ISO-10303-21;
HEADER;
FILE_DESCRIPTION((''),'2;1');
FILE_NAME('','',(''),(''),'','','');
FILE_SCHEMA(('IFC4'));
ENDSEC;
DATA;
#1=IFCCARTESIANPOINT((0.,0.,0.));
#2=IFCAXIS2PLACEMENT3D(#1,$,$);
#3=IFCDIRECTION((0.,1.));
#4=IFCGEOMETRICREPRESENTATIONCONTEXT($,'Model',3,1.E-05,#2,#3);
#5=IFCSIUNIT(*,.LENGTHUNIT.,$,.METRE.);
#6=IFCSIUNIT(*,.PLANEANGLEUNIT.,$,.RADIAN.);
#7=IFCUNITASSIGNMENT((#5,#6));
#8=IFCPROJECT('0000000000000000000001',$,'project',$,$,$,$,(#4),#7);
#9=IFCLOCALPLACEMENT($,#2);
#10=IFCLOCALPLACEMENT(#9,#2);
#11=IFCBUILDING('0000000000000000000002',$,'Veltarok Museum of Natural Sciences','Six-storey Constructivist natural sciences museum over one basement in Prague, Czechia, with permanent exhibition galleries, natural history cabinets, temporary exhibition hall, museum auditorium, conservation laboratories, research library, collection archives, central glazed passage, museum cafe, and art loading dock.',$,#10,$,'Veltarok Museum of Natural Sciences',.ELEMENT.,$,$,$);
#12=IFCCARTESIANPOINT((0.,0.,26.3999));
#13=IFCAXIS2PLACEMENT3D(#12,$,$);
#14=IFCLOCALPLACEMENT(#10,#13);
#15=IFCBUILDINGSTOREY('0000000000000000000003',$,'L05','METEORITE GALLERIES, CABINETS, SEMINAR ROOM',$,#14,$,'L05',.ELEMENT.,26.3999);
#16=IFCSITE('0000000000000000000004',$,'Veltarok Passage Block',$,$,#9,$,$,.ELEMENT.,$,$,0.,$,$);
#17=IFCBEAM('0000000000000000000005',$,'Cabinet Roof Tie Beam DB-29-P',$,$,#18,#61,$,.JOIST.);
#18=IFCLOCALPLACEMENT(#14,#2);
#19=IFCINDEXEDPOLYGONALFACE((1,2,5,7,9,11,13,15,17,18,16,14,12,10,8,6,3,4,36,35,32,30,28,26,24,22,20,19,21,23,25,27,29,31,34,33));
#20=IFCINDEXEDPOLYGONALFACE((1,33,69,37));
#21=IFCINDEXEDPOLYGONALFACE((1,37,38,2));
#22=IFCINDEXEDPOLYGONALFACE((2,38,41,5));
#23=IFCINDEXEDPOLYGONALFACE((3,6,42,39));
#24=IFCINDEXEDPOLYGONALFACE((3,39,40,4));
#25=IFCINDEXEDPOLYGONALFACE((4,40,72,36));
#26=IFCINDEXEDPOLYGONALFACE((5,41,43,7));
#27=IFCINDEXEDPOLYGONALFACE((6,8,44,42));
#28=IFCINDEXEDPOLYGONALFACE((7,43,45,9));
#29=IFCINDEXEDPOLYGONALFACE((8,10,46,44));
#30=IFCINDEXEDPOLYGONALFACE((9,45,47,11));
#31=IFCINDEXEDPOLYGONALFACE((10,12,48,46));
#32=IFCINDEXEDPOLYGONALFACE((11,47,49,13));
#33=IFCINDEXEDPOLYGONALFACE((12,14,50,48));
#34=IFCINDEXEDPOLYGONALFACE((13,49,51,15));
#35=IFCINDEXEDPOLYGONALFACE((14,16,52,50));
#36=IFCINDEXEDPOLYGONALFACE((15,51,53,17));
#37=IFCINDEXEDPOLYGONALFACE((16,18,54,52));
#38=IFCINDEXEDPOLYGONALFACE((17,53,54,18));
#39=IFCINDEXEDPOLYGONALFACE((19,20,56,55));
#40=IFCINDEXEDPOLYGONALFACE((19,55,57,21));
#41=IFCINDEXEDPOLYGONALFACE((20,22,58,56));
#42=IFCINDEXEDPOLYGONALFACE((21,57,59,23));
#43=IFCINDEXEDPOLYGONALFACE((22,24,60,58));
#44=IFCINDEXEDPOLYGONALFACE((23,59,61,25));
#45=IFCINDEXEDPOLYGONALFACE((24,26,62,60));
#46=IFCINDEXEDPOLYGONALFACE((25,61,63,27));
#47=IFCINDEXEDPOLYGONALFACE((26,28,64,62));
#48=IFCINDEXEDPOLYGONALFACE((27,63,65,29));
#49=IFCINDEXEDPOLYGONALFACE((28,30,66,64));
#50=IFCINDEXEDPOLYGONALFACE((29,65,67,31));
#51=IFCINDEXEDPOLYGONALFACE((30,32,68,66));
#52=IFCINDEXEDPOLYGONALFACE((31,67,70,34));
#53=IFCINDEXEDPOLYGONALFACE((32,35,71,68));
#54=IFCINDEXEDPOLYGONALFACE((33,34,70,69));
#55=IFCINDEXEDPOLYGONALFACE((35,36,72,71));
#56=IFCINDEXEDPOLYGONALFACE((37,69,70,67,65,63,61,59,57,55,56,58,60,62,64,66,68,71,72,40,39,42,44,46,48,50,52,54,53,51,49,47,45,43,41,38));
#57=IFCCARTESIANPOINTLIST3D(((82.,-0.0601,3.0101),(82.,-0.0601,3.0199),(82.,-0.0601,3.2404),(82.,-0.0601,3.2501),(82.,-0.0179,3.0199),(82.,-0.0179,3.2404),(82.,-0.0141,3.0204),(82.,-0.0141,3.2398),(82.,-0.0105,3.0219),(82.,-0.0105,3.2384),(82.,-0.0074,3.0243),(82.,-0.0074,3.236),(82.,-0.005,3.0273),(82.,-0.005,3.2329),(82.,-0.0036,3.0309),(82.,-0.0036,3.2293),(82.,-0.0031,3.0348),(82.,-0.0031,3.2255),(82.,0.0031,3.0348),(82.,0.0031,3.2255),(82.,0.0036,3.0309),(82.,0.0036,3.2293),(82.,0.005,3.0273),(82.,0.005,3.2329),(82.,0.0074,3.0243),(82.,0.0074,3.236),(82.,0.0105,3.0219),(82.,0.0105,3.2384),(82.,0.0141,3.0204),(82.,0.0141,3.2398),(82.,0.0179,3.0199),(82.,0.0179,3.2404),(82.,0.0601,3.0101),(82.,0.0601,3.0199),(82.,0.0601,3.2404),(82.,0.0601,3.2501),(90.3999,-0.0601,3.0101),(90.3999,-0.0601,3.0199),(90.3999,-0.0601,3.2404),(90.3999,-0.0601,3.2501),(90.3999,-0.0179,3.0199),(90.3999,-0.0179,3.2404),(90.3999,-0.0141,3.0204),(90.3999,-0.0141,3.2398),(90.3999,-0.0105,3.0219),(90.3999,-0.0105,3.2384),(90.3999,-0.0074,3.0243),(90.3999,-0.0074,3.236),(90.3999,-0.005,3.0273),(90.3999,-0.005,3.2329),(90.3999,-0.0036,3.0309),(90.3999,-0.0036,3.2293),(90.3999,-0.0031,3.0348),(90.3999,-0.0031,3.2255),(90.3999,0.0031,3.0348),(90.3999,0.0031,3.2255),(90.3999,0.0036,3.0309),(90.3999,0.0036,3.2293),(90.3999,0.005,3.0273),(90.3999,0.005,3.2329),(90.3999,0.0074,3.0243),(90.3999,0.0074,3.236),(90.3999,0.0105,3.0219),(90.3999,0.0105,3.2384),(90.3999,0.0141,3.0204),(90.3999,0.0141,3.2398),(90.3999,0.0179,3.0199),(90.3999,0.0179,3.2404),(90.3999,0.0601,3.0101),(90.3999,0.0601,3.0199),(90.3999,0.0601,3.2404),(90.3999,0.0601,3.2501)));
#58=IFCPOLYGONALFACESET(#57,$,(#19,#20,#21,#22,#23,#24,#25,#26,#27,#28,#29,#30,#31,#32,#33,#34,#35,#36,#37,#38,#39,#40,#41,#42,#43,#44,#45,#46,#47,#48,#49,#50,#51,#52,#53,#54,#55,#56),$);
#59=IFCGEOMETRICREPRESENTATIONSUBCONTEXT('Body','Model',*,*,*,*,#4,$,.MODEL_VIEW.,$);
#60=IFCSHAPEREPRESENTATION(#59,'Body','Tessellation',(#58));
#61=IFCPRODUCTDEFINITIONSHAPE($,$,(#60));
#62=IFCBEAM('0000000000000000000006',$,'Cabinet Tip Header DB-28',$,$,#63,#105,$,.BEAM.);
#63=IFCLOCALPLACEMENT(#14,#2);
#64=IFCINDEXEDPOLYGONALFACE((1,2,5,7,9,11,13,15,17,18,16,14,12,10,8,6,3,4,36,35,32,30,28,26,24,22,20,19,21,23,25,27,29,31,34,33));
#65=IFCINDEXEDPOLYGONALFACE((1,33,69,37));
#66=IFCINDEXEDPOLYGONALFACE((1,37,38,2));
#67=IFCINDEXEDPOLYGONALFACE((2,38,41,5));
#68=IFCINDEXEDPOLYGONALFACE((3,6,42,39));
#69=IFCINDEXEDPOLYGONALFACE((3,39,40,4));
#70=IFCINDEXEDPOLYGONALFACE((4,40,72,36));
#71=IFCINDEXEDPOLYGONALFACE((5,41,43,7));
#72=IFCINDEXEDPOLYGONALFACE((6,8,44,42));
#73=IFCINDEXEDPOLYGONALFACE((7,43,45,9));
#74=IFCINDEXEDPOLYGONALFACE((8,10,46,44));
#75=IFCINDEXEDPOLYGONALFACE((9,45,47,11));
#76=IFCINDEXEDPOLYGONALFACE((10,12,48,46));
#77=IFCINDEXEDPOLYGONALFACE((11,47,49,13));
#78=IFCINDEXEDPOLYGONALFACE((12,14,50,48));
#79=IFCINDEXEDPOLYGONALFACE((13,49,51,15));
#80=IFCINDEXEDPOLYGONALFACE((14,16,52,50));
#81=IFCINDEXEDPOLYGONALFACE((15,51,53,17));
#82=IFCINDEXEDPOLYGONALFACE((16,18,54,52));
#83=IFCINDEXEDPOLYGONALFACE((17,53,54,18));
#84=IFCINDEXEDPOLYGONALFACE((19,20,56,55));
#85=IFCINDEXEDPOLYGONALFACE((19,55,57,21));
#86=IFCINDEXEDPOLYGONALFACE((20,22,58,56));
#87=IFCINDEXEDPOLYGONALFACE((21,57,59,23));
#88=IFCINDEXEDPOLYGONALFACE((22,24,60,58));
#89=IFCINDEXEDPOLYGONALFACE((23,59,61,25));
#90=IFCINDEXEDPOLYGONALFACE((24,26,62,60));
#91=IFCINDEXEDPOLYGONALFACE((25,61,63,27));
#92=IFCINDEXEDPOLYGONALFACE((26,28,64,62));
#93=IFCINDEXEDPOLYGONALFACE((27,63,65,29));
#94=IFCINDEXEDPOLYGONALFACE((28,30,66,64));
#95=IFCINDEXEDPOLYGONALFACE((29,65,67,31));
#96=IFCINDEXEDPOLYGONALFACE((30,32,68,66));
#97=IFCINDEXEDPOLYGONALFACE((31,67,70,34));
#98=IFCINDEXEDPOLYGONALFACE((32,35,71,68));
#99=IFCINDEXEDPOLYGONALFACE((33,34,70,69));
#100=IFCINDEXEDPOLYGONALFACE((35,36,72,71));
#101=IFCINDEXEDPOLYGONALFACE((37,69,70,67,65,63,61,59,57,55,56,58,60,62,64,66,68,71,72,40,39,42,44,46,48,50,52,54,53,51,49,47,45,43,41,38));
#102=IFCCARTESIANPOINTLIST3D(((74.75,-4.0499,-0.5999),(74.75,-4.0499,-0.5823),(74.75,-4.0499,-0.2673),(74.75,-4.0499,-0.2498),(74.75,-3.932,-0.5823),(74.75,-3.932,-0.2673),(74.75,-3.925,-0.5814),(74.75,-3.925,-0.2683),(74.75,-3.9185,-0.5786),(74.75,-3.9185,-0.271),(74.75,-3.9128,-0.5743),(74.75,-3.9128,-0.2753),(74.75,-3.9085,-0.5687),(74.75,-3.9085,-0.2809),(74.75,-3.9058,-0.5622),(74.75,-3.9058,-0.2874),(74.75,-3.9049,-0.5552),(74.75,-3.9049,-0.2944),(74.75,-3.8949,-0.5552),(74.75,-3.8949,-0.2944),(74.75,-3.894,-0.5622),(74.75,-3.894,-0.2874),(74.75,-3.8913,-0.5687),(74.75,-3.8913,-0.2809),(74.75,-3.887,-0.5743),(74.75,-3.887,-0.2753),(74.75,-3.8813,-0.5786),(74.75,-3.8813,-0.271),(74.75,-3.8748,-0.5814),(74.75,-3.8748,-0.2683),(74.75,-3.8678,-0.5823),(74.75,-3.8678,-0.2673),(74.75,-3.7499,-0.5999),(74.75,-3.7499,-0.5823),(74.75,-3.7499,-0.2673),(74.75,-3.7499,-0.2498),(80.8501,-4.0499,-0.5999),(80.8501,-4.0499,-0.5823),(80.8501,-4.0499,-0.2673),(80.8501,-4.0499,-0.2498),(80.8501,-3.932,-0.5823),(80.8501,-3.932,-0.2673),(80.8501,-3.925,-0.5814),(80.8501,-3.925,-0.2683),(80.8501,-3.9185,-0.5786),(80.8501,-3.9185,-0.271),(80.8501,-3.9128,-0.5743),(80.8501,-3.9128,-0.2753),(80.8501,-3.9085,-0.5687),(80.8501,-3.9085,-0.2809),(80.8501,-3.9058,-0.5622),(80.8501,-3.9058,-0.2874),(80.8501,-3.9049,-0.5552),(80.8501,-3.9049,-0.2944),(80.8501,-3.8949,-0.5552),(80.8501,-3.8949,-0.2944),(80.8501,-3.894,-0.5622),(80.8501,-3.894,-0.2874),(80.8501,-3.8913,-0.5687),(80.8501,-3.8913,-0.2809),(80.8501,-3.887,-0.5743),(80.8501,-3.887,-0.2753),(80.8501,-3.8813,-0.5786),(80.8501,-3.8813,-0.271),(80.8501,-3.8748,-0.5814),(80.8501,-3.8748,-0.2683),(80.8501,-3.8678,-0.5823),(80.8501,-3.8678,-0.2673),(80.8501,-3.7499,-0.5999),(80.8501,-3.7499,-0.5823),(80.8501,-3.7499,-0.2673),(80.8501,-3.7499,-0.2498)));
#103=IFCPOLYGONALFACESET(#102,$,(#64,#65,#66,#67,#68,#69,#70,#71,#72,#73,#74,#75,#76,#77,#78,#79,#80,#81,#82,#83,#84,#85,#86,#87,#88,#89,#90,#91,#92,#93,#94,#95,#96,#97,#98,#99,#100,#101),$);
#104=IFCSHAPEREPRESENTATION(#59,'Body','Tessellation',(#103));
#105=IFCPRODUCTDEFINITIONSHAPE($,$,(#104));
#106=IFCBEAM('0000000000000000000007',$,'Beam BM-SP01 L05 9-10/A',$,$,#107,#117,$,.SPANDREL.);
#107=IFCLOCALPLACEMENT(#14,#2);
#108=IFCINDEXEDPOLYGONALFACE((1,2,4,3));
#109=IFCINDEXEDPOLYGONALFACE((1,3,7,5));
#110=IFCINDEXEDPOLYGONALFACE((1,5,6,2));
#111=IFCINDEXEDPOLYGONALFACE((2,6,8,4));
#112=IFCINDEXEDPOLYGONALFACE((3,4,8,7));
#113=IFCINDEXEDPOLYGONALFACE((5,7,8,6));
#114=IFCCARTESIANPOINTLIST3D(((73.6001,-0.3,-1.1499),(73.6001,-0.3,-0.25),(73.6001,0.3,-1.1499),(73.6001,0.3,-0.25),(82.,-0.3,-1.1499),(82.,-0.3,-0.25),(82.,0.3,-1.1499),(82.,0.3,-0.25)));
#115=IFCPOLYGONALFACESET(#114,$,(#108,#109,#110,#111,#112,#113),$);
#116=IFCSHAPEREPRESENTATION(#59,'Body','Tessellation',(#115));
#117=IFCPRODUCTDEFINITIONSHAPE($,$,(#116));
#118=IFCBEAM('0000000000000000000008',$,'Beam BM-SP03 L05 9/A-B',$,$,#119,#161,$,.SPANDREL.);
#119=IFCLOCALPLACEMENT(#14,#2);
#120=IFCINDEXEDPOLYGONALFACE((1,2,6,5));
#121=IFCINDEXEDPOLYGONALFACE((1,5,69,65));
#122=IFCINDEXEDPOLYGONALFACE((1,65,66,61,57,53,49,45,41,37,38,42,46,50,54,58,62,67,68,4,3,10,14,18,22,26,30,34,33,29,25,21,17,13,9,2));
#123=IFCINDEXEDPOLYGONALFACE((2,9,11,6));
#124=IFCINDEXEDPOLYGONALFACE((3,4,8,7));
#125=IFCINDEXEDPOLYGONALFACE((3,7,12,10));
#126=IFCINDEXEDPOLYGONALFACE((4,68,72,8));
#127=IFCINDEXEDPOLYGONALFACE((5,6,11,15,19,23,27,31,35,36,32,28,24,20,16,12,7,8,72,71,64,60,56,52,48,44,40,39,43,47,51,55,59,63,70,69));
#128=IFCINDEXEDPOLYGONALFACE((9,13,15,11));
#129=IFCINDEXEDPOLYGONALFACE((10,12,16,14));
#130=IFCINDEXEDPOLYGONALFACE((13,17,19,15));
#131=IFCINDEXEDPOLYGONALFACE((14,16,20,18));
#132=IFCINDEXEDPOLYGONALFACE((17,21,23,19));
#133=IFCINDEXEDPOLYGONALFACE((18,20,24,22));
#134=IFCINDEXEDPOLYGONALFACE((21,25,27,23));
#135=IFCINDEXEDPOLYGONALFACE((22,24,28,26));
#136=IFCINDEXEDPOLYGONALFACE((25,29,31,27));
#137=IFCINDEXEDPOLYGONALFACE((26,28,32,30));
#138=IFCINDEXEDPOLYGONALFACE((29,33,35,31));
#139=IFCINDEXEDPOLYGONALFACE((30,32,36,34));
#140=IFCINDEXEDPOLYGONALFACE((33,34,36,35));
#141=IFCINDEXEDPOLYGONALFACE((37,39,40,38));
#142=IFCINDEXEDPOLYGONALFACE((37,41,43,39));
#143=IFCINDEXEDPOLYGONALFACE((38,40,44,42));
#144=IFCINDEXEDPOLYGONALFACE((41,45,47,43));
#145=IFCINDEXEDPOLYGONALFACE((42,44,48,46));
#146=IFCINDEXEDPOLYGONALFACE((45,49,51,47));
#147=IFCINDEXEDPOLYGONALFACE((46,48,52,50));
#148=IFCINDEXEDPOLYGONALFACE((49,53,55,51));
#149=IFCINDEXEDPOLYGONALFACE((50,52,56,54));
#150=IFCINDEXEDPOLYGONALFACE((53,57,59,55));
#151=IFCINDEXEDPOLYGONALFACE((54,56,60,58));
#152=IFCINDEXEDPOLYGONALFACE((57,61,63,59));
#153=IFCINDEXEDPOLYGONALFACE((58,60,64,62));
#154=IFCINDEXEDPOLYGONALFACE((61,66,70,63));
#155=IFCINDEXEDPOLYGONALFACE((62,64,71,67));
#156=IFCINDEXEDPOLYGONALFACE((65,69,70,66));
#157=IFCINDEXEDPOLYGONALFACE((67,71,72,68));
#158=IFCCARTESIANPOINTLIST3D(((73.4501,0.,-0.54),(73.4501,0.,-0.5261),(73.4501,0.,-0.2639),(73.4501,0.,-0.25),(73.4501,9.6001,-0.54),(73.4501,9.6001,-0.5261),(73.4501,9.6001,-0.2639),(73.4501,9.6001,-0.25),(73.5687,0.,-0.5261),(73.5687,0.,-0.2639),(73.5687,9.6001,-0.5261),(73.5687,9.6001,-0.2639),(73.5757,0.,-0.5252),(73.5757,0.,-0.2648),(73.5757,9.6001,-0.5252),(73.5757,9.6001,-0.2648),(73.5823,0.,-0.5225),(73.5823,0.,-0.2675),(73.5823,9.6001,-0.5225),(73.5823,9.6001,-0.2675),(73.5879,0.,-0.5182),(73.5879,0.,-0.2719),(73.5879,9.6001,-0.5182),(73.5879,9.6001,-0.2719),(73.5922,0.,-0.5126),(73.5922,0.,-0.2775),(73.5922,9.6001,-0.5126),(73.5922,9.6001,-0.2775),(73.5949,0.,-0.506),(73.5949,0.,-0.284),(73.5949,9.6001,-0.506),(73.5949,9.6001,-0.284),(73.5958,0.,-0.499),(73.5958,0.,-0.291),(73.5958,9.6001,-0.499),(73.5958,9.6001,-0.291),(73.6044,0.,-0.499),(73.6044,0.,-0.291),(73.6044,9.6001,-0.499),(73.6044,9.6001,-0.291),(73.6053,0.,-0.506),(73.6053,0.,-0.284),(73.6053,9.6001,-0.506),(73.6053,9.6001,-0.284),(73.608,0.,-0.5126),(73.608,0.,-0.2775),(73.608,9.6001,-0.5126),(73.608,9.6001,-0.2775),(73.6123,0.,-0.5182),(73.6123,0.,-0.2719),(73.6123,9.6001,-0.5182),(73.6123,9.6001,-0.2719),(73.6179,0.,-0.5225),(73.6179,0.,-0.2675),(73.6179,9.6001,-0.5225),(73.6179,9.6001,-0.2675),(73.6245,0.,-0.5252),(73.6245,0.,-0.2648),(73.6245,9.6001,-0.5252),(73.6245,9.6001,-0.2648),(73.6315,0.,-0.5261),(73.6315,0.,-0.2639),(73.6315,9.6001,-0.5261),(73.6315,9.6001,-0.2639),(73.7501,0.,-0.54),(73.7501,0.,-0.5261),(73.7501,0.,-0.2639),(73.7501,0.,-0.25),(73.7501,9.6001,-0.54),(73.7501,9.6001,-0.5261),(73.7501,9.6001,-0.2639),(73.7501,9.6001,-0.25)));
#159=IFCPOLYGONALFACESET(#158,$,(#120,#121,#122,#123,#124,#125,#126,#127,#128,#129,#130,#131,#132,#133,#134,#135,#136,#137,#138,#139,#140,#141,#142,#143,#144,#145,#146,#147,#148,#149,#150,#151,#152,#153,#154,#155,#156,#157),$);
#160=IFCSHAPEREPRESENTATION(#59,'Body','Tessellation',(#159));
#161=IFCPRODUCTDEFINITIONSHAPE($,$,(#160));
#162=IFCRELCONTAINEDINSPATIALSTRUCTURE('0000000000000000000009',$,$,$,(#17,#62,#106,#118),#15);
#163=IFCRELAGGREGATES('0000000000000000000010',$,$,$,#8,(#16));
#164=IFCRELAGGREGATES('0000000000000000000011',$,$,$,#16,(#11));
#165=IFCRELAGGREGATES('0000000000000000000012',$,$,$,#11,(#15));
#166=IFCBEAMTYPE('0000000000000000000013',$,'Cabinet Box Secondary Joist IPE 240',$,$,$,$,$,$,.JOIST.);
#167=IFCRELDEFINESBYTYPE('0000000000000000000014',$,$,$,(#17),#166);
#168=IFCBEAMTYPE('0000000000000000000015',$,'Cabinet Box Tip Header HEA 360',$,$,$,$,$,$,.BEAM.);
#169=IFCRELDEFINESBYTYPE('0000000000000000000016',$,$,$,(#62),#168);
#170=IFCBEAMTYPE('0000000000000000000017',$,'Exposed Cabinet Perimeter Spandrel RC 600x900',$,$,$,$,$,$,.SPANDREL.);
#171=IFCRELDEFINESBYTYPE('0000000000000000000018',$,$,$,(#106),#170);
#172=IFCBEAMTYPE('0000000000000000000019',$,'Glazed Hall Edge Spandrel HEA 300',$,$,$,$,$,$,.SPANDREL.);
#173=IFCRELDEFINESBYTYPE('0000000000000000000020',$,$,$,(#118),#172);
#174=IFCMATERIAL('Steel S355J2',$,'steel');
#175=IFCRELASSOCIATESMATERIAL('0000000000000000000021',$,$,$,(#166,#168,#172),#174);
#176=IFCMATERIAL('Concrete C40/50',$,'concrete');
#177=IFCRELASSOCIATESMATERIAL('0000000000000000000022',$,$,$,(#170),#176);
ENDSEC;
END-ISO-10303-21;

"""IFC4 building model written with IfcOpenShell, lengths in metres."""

from ifc_helpers import new_model, si_unit, direction, frame, origin, origin_2d, place, context, subcontext, project, spatial, rectangle, i_section, extrude, material, material_profile, profile_set, type_object, element, save


model = new_model("IFC4")

# Units and contexts
model_context = context("Model", 3, precision=1e-05, world=origin(), true_north=direction((0.0, 1.0)))
body_context = subcontext(model_context, "Body", "Model", "MODEL_VIEW")
ifc_project = project(units=[si_unit("LENGTHUNIT", "METRE"), si_unit("PLANEANGLEUNIT", "RADIAN")], contexts=[model_context])

# Site, building, storey
site_placement = place(None, origin())
site = spatial("IfcSite", under=ifc_project, at=site_placement, Name="Veltarok Passage Block", CompositionType="ELEMENT", RefElevation=0.0)
building_placement = place(site_placement, origin())
building = spatial("IfcBuilding", under=site, at=building_placement, Name="Veltarok Museum of Natural Sciences", Description="Six-storey Constructivist natural sciences museum over one basement in Prague, Czechia, with permanent exhibition galleries, natural history cabinets, temporary exhibition hall, museum auditorium, conservation laboratories, research library, collection archives, central glazed passage, museum cafe, and art loading dock.", LongName="Veltarok Museum of Natural Sciences", CompositionType="ELEMENT")
storey_placement = place(building_placement, frame((0.0, 0.0, 26.3999)))
storey = spatial("IfcBuildingStorey", under=building, at=storey_placement, Name="L05", Description="METEORITE GALLERIES, CABINETS, SEMINAR ROOM", LongName="L05", CompositionType="ELEMENT", Elevation=26.3999)

# Shared definitions
ifc_material_1 = material(Name="Concrete C40/50", Category="concrete")

# Beams
ifc_material_2 = material(Name="Steel S355J2", Category="steel")
ifc_material_profile_1 = material_profile(ifc_material_2, i_section(OverallWidth=0.1201, OverallDepth=0.24, WebThickness=0.0061, FlangeThickness=0.0098, FilletRadius=0.0149, at=origin_2d()), Name="IPE 240")
ifc_profile_set_1 = profile_set([ifc_material_profile_1], Name="Steel S355J2")
beam_type_1 = type_object("IfcBeamType", Name="Cabinet Box Secondary Joist IPE 240", PredefinedType="JOIST", material=ifc_profile_set_1)
beam_1_placement = place(storey_placement, frame((82.0, 0.0, 3.1301), z_axis=(1.0, 0.0, 0.0), x_axis=(0.0, 1.0, 0.0)))
element("IfcBeam", 1, at=beam_1_placement, inside=storey, type_object=beam_type_1, Name="Cabinet Roof Tie Beam DB-29-P", PredefinedType="JOIST", context=body_context, shape_type="SweptSolid", body=[
    extrude(i_section(OverallWidth=0.1201, OverallDepth=0.24, WebThickness=0.0061, FlangeThickness=0.0098, FilletRadius=0.0149, at=origin_2d()), origin(), (0.0, 0.0, 1.0), 8.3999),
])
ifc_material_profile_2 = material_profile(ifc_material_2, i_section(OverallWidth=0.3, OverallDepth=0.3501, WebThickness=0.01, FlangeThickness=0.0176, FilletRadius=0.0271, at=origin_2d()), Name="HEA 360")
ifc_profile_set_2 = profile_set([ifc_material_profile_2], Name="Steel S355J2")
beam_type_2 = type_object("IfcBeamType", Name="Cabinet Box Tip Header HEA 360", PredefinedType="BEAM", material=ifc_profile_set_2)
beam_2_placement = place(storey_placement, frame((74.75, -3.8999, -0.4248), z_axis=(1.0, 0.0, 0.0), x_axis=(0.0, 1.0, 0.0)))
element("IfcBeam", 2, at=beam_2_placement, inside=storey, type_object=beam_type_2, Name="Cabinet Tip Header DB-28", PredefinedType="BEAM", context=body_context, shape_type="SweptSolid", body=[
    extrude(i_section(OverallWidth=0.3, OverallDepth=0.3501, WebThickness=0.01, FlangeThickness=0.0176, FilletRadius=0.0271, at=origin_2d()), origin(), (0.0, 0.0, 1.0), 6.1001),
])
ifc_material_profile_3 = material_profile(ifc_material_1, rectangle(XDim=0.6001, YDim=0.8999, at=origin_2d()), Name="RC 600x900")
ifc_profile_set_3 = profile_set([ifc_material_profile_3], Name="Concrete C40/50")
beam_type_3 = type_object("IfcBeamType", Name="Exposed Cabinet Perimeter Spandrel RC 600x900", PredefinedType="SPANDREL", material=ifc_profile_set_3)
beam_3_placement = place(storey_placement, frame((73.6001, 0.0, -0.7), z_axis=(1.0, 0.0, 0.0), x_axis=(0.0, 1.0, 0.0)))
element("IfcBeam", 3, at=beam_3_placement, inside=storey, type_object=beam_type_3, Name="Beam BM-SP01 L05 9-10/A", PredefinedType="SPANDREL", context=body_context, shape_type="SweptSolid", body=[
    extrude(rectangle(XDim=0.6001, YDim=0.8999, at=origin_2d()), origin(), (0.0, 0.0, 1.0), 8.3999),
])
ifc_material_profile_4 = material_profile(ifc_material_2, i_section(OverallWidth=0.3, OverallDepth=0.29, WebThickness=0.0085, FlangeThickness=0.0139, FilletRadius=0.0271, at=origin_2d()), Name="HEA 300")
ifc_profile_set_4 = profile_set([ifc_material_profile_4], Name="Steel S355J2")
beam_type_4 = type_object("IfcBeamType", Name="Glazed Hall Edge Spandrel HEA 300", PredefinedType="SPANDREL", material=ifc_profile_set_4)
beam_4_placement = place(storey_placement, frame((73.6001, 0.0, -0.395), z_axis=(0.0, 1.0, 0.0), x_axis=(-1.0, 0.0, 0.0)))
element("IfcBeam", 4, at=beam_4_placement, inside=storey, type_object=beam_type_4, Name="Beam BM-SP03 L05 9/A-B", PredefinedType="SPANDREL", context=body_context, shape_type="SweptSolid", body=[
    extrude(i_section(OverallWidth=0.3, OverallDepth=0.29, WebThickness=0.0085, FlangeThickness=0.0139, FilletRadius=0.0271, at=origin_2d()), origin(), (0.0, 0.0, 1.0), 9.6001),
])

save(model, "model.ifc")
